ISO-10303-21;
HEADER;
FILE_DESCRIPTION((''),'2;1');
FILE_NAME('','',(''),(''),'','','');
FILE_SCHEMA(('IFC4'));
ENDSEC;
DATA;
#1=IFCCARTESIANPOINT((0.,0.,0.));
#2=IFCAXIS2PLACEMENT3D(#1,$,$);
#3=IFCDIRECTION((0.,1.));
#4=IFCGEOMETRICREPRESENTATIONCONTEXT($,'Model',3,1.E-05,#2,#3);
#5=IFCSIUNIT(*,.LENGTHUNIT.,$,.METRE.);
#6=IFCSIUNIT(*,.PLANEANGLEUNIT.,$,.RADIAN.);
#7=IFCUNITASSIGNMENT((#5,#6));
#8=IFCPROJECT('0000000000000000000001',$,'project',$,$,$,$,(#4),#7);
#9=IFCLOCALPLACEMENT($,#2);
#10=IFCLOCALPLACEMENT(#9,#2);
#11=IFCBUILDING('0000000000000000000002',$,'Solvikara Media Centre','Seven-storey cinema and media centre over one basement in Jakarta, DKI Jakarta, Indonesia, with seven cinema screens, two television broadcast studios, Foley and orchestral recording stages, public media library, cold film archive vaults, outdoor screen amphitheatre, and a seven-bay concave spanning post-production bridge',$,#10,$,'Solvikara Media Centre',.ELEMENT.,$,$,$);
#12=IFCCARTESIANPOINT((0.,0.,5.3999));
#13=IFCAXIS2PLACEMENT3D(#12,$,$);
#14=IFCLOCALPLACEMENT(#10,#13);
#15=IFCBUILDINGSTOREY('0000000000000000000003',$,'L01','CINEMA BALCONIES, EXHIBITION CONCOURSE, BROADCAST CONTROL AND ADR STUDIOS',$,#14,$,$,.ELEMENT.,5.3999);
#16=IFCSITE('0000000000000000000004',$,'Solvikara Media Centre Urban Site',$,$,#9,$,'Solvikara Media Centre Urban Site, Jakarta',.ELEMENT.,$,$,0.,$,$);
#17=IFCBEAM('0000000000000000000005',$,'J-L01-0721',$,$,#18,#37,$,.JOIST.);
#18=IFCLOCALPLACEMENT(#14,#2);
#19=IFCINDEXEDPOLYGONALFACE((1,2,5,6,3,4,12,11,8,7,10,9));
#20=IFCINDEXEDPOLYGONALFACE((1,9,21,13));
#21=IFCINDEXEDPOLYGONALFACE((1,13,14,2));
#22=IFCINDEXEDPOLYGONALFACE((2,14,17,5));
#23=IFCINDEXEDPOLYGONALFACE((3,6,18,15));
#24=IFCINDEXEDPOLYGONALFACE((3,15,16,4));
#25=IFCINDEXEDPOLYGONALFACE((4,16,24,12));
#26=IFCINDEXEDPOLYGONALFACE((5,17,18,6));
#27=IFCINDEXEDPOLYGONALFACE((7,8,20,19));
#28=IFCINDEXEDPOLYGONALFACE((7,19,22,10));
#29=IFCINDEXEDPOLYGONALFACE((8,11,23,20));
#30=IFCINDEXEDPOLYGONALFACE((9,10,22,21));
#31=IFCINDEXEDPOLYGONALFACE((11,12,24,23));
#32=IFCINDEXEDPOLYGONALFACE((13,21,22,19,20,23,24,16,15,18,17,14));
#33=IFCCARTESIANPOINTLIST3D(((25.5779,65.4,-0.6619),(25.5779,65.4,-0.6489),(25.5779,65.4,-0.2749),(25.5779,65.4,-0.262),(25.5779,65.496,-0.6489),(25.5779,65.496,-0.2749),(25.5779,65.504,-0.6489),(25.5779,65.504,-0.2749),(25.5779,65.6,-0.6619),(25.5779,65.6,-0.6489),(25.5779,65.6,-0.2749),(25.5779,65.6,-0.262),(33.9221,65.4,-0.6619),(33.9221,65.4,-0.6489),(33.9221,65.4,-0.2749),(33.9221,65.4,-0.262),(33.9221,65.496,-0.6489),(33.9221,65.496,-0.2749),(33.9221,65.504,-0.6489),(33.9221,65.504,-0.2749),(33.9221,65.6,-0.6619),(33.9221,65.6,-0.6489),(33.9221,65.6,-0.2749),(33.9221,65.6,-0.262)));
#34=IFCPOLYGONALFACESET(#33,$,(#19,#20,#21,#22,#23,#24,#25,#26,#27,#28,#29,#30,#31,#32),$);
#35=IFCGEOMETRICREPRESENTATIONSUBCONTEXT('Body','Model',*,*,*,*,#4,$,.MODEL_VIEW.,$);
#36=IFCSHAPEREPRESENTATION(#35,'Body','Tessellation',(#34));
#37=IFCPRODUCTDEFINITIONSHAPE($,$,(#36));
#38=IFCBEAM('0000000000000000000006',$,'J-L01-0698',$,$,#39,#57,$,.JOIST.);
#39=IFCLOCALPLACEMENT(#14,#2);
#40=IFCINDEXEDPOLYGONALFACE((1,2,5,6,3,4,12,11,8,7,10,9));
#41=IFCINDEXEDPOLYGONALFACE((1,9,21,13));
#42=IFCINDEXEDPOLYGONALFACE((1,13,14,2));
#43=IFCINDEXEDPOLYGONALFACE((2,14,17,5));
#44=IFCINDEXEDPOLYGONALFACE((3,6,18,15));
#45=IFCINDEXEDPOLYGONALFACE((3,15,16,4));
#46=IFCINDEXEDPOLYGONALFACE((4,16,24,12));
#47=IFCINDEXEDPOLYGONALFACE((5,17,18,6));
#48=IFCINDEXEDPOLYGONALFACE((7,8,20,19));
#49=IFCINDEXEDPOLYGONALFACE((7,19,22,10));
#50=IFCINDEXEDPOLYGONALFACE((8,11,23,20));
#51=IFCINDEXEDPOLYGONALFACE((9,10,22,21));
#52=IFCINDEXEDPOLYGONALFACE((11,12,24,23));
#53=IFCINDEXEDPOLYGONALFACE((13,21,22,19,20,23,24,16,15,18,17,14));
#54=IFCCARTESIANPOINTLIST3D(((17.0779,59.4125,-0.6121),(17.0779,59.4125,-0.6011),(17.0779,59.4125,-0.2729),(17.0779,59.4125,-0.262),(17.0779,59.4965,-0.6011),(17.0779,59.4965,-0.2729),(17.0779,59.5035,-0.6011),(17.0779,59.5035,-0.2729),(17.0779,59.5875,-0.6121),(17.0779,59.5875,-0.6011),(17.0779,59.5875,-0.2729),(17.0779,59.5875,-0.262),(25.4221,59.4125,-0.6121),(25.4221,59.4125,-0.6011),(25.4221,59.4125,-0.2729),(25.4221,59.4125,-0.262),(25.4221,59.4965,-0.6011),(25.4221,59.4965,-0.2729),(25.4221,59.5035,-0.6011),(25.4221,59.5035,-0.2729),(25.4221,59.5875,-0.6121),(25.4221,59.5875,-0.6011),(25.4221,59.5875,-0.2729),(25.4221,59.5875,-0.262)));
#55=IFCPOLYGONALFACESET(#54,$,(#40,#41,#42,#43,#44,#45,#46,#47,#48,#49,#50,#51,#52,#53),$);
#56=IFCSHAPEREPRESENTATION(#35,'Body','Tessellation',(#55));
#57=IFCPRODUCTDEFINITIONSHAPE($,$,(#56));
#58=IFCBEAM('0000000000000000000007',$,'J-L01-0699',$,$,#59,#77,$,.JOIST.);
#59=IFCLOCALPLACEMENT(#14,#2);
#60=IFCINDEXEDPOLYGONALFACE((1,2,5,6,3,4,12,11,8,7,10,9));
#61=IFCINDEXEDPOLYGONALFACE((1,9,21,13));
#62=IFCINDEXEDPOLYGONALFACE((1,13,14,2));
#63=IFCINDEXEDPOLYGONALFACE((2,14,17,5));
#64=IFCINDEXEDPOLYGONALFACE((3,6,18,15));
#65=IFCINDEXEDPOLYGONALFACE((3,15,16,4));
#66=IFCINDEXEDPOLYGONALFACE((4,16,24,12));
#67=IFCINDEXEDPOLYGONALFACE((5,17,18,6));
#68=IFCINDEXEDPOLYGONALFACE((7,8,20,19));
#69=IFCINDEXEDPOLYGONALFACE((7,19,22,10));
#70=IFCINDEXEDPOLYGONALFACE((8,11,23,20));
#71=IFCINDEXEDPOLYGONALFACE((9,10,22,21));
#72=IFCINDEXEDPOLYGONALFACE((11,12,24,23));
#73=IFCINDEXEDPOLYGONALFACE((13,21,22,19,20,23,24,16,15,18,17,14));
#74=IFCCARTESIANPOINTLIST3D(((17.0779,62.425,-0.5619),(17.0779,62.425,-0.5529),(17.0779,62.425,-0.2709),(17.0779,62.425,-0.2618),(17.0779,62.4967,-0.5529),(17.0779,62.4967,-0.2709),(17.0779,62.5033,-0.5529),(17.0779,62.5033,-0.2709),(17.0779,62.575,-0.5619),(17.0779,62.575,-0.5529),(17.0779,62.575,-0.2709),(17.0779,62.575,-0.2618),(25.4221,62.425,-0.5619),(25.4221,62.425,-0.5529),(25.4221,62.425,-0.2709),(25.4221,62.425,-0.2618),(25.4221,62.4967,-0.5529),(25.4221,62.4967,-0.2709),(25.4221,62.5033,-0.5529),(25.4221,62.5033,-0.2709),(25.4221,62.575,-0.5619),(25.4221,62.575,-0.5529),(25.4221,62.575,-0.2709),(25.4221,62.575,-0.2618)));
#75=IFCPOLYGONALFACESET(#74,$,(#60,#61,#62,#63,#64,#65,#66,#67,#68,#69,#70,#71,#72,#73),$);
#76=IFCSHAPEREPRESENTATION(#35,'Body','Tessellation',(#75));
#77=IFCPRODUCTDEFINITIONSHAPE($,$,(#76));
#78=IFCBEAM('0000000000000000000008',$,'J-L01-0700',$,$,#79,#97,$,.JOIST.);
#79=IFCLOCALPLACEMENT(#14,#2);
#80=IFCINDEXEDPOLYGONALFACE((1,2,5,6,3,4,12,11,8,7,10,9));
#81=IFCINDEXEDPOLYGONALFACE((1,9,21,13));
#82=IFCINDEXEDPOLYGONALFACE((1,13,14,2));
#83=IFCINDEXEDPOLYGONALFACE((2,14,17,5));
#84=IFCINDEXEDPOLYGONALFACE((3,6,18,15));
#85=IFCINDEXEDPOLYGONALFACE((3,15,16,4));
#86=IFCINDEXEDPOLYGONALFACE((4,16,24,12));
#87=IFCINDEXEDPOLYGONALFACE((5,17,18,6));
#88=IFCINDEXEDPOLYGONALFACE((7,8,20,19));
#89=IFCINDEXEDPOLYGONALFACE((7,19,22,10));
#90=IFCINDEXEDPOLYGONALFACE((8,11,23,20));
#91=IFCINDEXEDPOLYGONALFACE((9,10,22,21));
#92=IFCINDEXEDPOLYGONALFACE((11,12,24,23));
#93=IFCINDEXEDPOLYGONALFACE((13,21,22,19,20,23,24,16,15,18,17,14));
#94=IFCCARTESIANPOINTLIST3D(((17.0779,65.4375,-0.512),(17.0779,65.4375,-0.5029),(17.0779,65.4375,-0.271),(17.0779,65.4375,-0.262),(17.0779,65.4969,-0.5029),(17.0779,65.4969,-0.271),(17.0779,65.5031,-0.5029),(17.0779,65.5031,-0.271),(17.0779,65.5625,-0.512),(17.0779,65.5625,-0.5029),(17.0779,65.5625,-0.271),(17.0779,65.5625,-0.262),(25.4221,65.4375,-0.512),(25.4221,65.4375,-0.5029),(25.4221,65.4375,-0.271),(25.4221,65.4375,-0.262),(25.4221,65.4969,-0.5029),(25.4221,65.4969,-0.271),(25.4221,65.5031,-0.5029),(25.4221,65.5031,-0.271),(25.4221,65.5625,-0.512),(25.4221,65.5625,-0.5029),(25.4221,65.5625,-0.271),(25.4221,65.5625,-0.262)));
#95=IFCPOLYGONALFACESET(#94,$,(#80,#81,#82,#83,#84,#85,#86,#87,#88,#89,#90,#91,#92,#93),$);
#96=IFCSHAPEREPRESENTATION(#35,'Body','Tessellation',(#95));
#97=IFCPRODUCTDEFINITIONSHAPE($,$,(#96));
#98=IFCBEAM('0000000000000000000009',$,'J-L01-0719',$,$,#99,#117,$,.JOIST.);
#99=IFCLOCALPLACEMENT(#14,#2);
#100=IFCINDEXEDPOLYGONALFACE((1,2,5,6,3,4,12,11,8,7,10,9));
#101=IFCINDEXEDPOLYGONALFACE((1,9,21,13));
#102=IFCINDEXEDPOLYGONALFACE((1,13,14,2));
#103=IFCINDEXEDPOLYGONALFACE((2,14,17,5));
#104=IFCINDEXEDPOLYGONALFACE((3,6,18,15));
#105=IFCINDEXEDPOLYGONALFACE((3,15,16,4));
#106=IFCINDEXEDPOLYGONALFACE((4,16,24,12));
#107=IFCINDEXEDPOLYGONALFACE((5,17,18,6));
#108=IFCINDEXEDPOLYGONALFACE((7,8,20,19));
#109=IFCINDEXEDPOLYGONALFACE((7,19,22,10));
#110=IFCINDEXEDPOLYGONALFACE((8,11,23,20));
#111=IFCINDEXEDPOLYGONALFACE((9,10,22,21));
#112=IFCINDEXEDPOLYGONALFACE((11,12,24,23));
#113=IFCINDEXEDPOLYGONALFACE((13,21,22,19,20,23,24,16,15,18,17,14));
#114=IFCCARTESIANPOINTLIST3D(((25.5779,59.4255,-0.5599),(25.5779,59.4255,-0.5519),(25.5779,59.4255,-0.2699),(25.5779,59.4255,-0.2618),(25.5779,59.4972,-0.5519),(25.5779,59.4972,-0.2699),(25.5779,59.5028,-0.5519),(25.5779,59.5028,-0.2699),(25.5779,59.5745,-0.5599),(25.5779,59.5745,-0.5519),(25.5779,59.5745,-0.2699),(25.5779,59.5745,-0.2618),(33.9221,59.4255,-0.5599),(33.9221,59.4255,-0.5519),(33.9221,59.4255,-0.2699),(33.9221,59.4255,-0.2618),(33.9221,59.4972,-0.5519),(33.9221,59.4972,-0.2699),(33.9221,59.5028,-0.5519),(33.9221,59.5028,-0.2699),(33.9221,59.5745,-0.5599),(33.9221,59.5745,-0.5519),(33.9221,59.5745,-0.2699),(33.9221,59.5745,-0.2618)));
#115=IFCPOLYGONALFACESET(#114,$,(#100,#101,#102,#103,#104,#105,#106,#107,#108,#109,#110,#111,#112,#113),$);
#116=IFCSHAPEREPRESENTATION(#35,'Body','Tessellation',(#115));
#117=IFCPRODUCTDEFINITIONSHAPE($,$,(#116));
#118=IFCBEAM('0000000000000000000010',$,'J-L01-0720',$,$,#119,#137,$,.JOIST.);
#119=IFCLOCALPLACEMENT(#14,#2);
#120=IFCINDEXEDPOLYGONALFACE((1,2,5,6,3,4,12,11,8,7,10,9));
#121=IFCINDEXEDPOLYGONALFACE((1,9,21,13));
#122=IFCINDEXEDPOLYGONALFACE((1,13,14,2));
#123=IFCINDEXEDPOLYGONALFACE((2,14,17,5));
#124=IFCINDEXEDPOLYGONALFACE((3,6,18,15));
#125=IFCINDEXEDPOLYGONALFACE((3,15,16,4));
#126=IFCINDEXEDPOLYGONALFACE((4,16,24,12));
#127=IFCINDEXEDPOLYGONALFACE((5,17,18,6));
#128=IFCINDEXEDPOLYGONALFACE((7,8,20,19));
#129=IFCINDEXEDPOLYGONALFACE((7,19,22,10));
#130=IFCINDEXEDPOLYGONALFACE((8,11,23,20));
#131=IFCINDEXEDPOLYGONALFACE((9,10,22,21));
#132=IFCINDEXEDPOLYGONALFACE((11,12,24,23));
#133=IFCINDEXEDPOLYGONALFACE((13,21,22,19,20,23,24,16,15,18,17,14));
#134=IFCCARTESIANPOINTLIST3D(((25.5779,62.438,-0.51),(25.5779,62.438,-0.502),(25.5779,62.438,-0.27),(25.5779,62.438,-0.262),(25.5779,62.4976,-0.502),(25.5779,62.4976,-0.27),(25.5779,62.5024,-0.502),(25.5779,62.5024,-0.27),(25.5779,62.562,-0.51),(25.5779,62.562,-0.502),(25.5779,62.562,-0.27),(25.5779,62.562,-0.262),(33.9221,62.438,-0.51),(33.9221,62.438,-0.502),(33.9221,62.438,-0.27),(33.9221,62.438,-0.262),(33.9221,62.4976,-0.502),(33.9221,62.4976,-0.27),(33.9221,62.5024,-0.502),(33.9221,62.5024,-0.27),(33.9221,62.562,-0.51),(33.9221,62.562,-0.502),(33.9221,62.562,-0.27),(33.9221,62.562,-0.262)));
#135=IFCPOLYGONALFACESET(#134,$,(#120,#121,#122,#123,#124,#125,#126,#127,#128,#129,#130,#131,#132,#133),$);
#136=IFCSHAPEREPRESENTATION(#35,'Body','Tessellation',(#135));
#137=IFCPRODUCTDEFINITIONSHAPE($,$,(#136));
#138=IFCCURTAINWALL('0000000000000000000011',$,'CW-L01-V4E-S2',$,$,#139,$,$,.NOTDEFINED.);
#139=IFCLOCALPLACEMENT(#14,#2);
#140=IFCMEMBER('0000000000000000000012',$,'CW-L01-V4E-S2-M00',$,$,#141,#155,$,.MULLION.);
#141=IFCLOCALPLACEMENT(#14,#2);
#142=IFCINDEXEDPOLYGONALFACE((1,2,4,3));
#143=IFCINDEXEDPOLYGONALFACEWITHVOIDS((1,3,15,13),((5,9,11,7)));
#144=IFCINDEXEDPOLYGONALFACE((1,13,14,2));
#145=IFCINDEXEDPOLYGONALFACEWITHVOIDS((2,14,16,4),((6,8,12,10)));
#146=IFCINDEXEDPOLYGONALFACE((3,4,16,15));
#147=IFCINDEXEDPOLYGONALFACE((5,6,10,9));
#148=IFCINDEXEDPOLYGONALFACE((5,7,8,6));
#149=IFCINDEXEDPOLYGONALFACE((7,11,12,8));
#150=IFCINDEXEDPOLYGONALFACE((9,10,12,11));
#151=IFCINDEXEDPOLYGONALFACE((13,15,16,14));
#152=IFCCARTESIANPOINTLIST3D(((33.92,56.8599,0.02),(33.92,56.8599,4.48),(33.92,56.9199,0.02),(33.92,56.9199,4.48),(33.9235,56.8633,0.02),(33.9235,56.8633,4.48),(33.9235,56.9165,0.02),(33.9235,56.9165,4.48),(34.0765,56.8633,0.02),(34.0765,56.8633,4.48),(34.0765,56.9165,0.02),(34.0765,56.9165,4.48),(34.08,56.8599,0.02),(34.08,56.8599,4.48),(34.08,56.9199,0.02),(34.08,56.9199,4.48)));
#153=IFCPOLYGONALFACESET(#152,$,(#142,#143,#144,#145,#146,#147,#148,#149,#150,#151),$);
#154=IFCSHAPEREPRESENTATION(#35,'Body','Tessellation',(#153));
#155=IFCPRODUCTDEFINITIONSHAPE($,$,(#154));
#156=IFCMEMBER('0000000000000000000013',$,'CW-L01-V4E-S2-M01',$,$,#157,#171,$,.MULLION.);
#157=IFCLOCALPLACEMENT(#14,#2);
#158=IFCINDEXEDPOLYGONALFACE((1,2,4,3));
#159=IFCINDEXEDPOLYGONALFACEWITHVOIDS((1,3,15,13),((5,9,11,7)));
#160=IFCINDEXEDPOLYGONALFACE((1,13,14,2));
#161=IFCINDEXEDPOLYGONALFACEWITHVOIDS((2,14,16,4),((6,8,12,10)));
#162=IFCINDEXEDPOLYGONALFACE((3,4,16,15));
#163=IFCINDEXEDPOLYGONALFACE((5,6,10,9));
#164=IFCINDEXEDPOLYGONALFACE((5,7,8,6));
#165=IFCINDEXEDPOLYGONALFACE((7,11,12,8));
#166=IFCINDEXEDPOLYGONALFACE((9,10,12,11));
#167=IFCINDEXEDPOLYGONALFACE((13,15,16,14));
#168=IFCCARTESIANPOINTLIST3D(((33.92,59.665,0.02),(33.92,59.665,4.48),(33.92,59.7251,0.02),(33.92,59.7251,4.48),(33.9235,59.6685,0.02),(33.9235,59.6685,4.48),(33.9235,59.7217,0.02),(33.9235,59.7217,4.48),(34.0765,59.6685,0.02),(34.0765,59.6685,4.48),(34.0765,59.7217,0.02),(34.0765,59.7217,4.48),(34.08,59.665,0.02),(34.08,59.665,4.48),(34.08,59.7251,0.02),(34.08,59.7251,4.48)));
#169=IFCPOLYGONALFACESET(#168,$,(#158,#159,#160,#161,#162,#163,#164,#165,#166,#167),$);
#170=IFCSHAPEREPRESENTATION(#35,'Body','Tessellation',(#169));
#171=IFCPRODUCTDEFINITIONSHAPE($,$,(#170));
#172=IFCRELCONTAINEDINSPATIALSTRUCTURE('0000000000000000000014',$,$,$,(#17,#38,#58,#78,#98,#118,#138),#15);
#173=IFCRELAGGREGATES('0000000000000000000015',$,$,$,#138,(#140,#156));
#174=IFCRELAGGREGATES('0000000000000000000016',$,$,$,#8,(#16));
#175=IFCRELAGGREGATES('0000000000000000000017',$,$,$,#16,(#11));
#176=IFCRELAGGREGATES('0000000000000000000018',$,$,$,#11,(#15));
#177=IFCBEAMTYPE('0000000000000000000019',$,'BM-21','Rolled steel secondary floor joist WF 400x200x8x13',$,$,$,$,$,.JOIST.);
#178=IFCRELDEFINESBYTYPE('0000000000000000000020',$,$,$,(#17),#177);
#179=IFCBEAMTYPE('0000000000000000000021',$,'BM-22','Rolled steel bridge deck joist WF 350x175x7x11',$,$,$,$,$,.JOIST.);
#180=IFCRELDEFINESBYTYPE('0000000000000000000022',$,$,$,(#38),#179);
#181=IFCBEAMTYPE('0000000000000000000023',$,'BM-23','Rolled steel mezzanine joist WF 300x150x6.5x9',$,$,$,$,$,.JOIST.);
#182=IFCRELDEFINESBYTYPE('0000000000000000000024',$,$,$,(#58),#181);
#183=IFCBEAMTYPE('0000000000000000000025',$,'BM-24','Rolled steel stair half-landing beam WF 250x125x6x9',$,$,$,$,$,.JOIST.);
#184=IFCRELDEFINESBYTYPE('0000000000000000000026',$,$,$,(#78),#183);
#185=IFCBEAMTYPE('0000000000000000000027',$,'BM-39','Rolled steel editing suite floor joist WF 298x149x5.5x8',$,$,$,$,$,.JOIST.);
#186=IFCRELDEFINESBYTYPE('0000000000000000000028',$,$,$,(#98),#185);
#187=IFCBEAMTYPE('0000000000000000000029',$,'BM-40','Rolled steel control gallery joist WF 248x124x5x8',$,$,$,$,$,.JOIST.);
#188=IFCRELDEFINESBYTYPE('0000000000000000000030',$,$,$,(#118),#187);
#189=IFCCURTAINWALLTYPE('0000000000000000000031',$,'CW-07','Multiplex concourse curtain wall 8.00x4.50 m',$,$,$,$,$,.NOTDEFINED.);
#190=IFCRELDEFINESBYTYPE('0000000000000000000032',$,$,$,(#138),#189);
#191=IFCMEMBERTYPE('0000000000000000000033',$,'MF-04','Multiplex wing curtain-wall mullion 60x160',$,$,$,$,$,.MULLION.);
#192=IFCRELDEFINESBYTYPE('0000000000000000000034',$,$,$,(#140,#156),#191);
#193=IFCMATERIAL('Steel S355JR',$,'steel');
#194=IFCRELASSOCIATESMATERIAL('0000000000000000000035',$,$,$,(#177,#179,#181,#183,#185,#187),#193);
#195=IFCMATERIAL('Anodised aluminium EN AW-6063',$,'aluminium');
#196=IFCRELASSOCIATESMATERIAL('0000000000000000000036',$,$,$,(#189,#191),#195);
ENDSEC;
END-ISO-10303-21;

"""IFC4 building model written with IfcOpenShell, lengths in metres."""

from ifc_helpers import new_model, si_unit, direction, frame, origin, origin_2d, place, context, subcontext, project, spatial, hollow_rectangle, i_section, extrude, material, material_profile, profile_set, type_object, element, aggregate, save


model = new_model("IFC4")

# Units and contexts
model_context = context("Model", 3, precision=1e-05, world=origin(), true_north=direction((0.0, 1.0)))
body_context = subcontext(model_context, "Body", "Model", "MODEL_VIEW")
ifc_project = project(units=[si_unit("LENGTHUNIT", "METRE"), si_unit("PLANEANGLEUNIT", "RADIAN")], contexts=[model_context])

# Site, building, storey
site_placement = place(None, origin())
site = spatial("IfcSite", under=ifc_project, at=site_placement, Name="Solvikara Media Centre Urban Site", LongName="Solvikara Media Centre Urban Site, Jakarta", CompositionType="ELEMENT", RefElevation=0.0)
building_placement = place(site_placement, origin())
building = spatial("IfcBuilding", under=site, at=building_placement, Name="Solvikara Media Centre", Description="Seven-storey cinema and media centre over one basement in Jakarta, DKI Jakarta, Indonesia, with seven cinema screens, two television broadcast studios, Foley and orchestral recording stages, public media library, cold film archive vaults, outdoor screen amphitheatre, and a seven-bay concave spanning post-production bridge", LongName="Solvikara Media Centre", CompositionType="ELEMENT")
storey_placement = place(building_placement, frame((0.0, 0.0, 5.3999)))
storey = spatial("IfcBuildingStorey", under=building, at=storey_placement, Name="L01", Description="CINEMA BALCONIES, EXHIBITION CONCOURSE, BROADCAST CONTROL AND ADR STUDIOS", CompositionType="ELEMENT", Elevation=5.3999)

# Beams
ifc_material_1 = material(Name="Steel S355JR", Category="steel")
ifc_material_profile_1 = material_profile(ifc_material_1, i_section(OverallWidth=0.2, OverallDepth=0.3999, WebThickness=0.0081, FlangeThickness=0.0129, at=origin_2d()), Name="WF 400x200x8x13")
ifc_profile_set_1 = profile_set([ifc_material_profile_1], Name="Steel S355JR")
beam_type_1 = type_object("IfcBeamType", Name="BM-21", Description="Rolled steel secondary floor joist WF 400x200x8x13", PredefinedType="JOIST", material=ifc_profile_set_1)
beam_1_placement = place(storey_placement, frame((25.5779, 65.5, -0.4619), z_axis=(1.0, 0.0, 0.0), x_axis=(0.0, 1.0, 0.0)))
element("IfcBeam", 1, at=beam_1_placement, inside=storey, type_object=beam_type_1, Name="J-L01-0721", PredefinedType="JOIST", context=body_context, shape_type="SweptSolid", body=[
    extrude(i_section(OverallWidth=0.2, OverallDepth=0.3999, WebThickness=0.0081, FlangeThickness=0.0129, at=origin_2d()), origin(), (0.0, 0.0, 1.0), 8.3442),
])
ifc_material_profile_2 = material_profile(ifc_material_1, i_section(OverallWidth=0.175, OverallDepth=0.3501, WebThickness=0.0071, FlangeThickness=0.011, at=origin_2d()), Name="WF 350x175x7x11")
ifc_profile_set_2 = profile_set([ifc_material_profile_2], Name="Steel S355JR")
beam_type_2 = type_object("IfcBeamType", Name="BM-22", Description="Rolled steel bridge deck joist WF 350x175x7x11", PredefinedType="JOIST", material=ifc_profile_set_2)
beam_2_placement = place(storey_placement, frame((17.0779, 59.5, -0.437), z_axis=(1.0, 0.0, 0.0), x_axis=(0.0, 1.0, 0.0)))
element("IfcBeam", 2, at=beam_2_placement, inside=storey, type_object=beam_type_2, Name="J-L01-0698", PredefinedType="JOIST", context=body_context, shape_type="SweptSolid", body=[
    extrude(i_section(OverallWidth=0.175, OverallDepth=0.3501, WebThickness=0.0071, FlangeThickness=0.011, at=origin_2d()), origin(), (0.0, 0.0, 1.0), 8.3442),
])
ifc_material_profile_3 = material_profile(ifc_material_1, i_section(OverallWidth=0.1499, OverallDepth=0.3, WebThickness=0.0066, FlangeThickness=0.009, at=origin_2d()), Name="WF 300x150x6.5x9")
ifc_profile_set_3 = profile_set([ifc_material_profile_3], Name="Steel S355JR")
beam_type_3 = type_object("IfcBeamType", Name="BM-23", Description="Rolled steel mezzanine joist WF 300x150x6.5x9", PredefinedType="JOIST", material=ifc_profile_set_3)
beam_3_placement = place(storey_placement, frame((17.0779, 62.5, -0.4119), z_axis=(1.0, 0.0, 0.0), x_axis=(0.0, 1.0, 0.0)))
element("IfcBeam", 3, at=beam_3_placement, inside=storey, type_object=beam_type_3, Name="J-L01-0699", PredefinedType="JOIST", context=body_context, shape_type="SweptSolid", body=[
    extrude(i_section(OverallWidth=0.1499, OverallDepth=0.3, WebThickness=0.0066, FlangeThickness=0.009, at=origin_2d()), origin(), (0.0, 0.0, 1.0), 8.3442),
])
ifc_material_profile_4 = material_profile(ifc_material_1, i_section(OverallWidth=0.125, OverallDepth=0.25, WebThickness=0.0061, FlangeThickness=0.009, at=origin_2d()), Name="WF 250x125x6x9")
ifc_profile_set_4 = profile_set([ifc_material_profile_4], Name="Steel S355JR")
beam_type_4 = type_object("IfcBeamType", Name="BM-24", Description="Rolled steel stair half-landing beam WF 250x125x6x9", PredefinedType="JOIST", material=ifc_profile_set_4)
beam_4_placement = place(storey_placement, frame((17.0779, 65.5, -0.387), z_axis=(1.0, 0.0, 0.0), x_axis=(0.0, 1.0, 0.0)))
element("IfcBeam", 4, at=beam_4_placement, inside=storey, type_object=beam_type_4, Name="J-L01-0700", PredefinedType="JOIST", context=body_context, shape_type="SweptSolid", body=[
    extrude(i_section(OverallWidth=0.125, OverallDepth=0.25, WebThickness=0.0061, FlangeThickness=0.009, at=origin_2d()), origin(), (0.0, 0.0, 1.0), 8.3442),
])
ifc_material_profile_5 = material_profile(ifc_material_1, i_section(OverallWidth=0.1489, OverallDepth=0.2981, WebThickness=0.0056, FlangeThickness=0.0081, at=origin_2d()), Name="WF 298x149x5.5x8")
ifc_profile_set_5 = profile_set([ifc_material_profile_5], Name="Steel S355JR")
beam_type_5 = type_object("IfcBeamType", Name="BM-39", Description="Rolled steel editing suite floor joist WF 298x149x5.5x8", PredefinedType="JOIST", material=ifc_profile_set_5)
beam_5_placement = place(storey_placement, frame((25.5779, 59.5, -0.4109), z_axis=(1.0, 0.0, 0.0), x_axis=(0.0, 1.0, 0.0)))
element("IfcBeam", 5, at=beam_5_placement, inside=storey, type_object=beam_type_5, Name="J-L01-0719", PredefinedType="JOIST", context=body_context, shape_type="SweptSolid", body=[
    extrude(i_section(OverallWidth=0.1489, OverallDepth=0.2981, WebThickness=0.0056, FlangeThickness=0.0081, at=origin_2d()), origin(), (0.0, 0.0, 1.0), 8.3442),
])
ifc_material_profile_6 = material_profile(ifc_material_1, i_section(OverallWidth=0.124, OverallDepth=0.248, WebThickness=0.0049, FlangeThickness=0.0081, at=origin_2d()), Name="WF 248x124x5x8")
ifc_profile_set_6 = profile_set([ifc_material_profile_6], Name="Steel S355JR")
beam_type_6 = type_object("IfcBeamType", Name="BM-40", Description="Rolled steel control gallery joist WF 248x124x5x8", PredefinedType="JOIST", material=ifc_profile_set_6)
beam_6_placement = place(storey_placement, frame((25.5779, 62.5, -0.386), z_axis=(1.0, 0.0, 0.0), x_axis=(0.0, 1.0, 0.0)))
element("IfcBeam", 6, at=beam_6_placement, inside=storey, type_object=beam_type_6, Name="J-L01-0720", PredefinedType="JOIST", context=body_context, shape_type="SweptSolid", body=[
    extrude(i_section(OverallWidth=0.124, OverallDepth=0.248, WebThickness=0.0049, FlangeThickness=0.0081, at=origin_2d()), origin(), (0.0, 0.0, 1.0), 8.3442),
])

# Curtain wall, members
ifc_material_2 = material(Name="Anodised aluminium EN AW-6063", Category="aluminium")
curtain_wall_type = type_object("IfcCurtainWallType", Name="CW-07", Description="Multiplex concourse curtain wall 8.00x4.50 m", PredefinedType="NOTDEFINED", material=ifc_material_2)
curtain_wall_placement = place(storey_placement, origin())
curtain_wall = element("IfcCurtainWall", 7, at=curtain_wall_placement, inside=storey, type_object=curtain_wall_type, Name="CW-L01-V4E-S2", PredefinedType="NOTDEFINED")
ifc_material_profile_7 = material_profile(ifc_material_2, hollow_rectangle(XDim=0.0601, YDim=0.1599, WallThickness=0.0034, at=origin_2d()), Name="ALU-M 60x160x3.5")
ifc_profile_set_7 = profile_set([ifc_material_profile_7], Name="Anodised aluminium EN AW-6063")
member_type_1 = type_object("IfcMemberType", Name="MF-04", Description="Multiplex wing curtain-wall mullion 60x160", PredefinedType="MULLION", material=ifc_profile_set_7)
member_1_placement = place(storey_placement, frame((34.0, 56.8899, 0.02), z_axis=(0.0, 0.0, 1.0), x_axis=(0.0, 1.0, 0.0)))
member_1 = element("IfcMember", 8, at=member_1_placement, type_object=member_type_1, Name="CW-L01-V4E-S2-M00", PredefinedType="MULLION", context=body_context, shape_type="SweptSolid", body=[
    extrude(hollow_rectangle(XDim=0.0601, YDim=0.1599, WallThickness=0.0034, at=origin_2d()), origin(), (0.0, 0.0, 1.0), 4.46),
])
member_2_placement = place(storey_placement, frame((34.0, 59.6951, 0.02), z_axis=(0.0, 0.0, 1.0), x_axis=(0.0, 1.0, 0.0)))
member_2 = element("IfcMember", 9, at=member_2_placement, type_object=member_type_1, Name="CW-L01-V4E-S2-M01", PredefinedType="MULLION", context=body_context, shape_type="SweptSolid", body=[
    extrude(hollow_rectangle(XDim=0.0601, YDim=0.1599, WallThickness=0.0034, at=origin_2d()), origin(), (0.0, 0.0, 1.0), 4.46),
])
aggregate(curtain_wall, [member_1, member_2])

save(model, "model.ifc")
